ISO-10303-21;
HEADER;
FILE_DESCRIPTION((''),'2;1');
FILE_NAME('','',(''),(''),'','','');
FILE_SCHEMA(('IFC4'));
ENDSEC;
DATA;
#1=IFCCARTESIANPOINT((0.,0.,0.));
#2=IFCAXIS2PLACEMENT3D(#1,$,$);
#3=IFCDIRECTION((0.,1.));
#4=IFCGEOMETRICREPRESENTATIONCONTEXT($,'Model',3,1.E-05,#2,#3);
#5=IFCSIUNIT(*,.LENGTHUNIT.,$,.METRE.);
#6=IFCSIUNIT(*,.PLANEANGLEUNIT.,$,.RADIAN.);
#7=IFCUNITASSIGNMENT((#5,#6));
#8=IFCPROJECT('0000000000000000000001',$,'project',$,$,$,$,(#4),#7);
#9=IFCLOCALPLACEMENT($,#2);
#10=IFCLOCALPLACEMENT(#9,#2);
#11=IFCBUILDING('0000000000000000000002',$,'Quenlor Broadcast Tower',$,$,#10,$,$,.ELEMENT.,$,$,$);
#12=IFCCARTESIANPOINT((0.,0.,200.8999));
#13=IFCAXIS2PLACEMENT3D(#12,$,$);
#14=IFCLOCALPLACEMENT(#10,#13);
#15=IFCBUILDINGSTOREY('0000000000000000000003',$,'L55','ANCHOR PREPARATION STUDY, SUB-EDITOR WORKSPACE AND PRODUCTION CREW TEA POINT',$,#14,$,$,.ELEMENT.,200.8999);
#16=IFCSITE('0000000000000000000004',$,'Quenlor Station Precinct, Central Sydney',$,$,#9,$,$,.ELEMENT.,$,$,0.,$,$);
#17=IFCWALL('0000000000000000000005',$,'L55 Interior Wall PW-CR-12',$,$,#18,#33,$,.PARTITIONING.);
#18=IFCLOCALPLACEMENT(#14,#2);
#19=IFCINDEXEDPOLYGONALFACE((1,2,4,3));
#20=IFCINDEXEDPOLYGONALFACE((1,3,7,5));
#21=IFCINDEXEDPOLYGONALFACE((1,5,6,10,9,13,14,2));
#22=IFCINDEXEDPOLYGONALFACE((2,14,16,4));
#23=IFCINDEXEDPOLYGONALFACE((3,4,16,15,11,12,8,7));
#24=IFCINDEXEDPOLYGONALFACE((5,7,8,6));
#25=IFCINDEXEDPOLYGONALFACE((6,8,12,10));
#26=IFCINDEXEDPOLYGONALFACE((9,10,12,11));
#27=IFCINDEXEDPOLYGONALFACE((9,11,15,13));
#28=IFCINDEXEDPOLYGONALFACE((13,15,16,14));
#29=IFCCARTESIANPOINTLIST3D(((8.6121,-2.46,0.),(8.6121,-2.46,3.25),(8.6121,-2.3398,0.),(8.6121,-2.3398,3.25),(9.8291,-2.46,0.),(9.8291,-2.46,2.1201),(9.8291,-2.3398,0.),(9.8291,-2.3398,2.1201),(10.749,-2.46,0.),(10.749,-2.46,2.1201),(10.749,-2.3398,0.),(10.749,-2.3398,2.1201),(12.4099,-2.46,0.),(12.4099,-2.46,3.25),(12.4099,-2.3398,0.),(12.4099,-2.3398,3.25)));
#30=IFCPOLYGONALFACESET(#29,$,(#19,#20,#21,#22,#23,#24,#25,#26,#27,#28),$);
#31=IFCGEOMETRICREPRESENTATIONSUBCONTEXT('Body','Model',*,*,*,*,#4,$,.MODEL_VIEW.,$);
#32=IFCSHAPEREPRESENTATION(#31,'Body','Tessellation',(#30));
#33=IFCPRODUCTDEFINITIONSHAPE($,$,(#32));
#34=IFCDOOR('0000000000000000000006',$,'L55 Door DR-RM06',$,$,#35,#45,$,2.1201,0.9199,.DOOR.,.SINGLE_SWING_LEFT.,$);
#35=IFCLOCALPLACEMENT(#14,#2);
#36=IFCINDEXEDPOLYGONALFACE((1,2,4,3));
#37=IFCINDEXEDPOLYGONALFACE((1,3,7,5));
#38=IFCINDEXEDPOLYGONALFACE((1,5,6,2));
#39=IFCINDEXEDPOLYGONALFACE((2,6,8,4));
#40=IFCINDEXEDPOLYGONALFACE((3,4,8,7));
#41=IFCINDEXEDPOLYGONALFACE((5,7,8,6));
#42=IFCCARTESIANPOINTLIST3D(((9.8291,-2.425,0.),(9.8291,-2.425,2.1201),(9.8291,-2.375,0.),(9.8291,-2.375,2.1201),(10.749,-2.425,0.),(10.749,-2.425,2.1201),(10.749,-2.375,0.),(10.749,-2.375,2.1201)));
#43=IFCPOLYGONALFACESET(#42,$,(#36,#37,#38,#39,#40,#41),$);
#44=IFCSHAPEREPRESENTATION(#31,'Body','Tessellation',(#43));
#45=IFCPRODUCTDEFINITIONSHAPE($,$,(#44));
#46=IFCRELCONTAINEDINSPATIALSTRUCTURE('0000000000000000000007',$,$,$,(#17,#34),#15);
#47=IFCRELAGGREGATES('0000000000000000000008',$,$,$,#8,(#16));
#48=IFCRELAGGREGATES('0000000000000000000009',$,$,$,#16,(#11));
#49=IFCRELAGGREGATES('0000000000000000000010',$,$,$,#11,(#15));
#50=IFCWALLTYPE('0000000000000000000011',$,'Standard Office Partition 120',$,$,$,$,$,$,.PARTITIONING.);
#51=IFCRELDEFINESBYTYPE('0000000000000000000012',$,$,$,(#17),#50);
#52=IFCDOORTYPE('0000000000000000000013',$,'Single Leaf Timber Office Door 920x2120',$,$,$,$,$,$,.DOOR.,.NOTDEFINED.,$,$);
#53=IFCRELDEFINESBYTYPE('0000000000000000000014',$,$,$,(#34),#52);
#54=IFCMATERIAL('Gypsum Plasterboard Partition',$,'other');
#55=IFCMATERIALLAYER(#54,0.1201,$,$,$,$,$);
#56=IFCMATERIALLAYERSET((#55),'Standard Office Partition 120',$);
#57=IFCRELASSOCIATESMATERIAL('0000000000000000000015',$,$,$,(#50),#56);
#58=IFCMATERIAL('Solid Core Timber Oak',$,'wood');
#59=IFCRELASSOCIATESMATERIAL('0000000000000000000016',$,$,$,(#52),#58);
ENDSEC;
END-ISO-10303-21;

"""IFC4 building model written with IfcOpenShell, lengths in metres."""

from ifc_helpers import new_model, si_unit, direction, frame, frame_2d, origin, place, context, subcontext, project, spatial, rectangle, extrude, material, layer, layer_set, type_object, element, fill, save


model = new_model("IFC4")

# Units and contexts
model_context = context("Model", 3, precision=1e-05, world=origin(), true_north=direction((0.0, 1.0)))
body_context = subcontext(model_context, "Body", "Model", "MODEL_VIEW")
ifc_project = project(units=[si_unit("LENGTHUNIT", "METRE"), si_unit("PLANEANGLEUNIT", "RADIAN")], contexts=[model_context])

# Site, building, storey
site_placement = place(None, origin())
site = spatial("IfcSite", under=ifc_project, at=site_placement, Name="Quenlor Station Precinct, Central Sydney", CompositionType="ELEMENT", RefElevation=0.0)
building_placement = place(site_placement, origin())
building = spatial("IfcBuilding", under=site, at=building_placement, Name="Quenlor Broadcast Tower", CompositionType="ELEMENT")
storey_placement = place(building_placement, frame((0.0, 0.0, 200.8999)))
storey = spatial("IfcBuildingStorey", under=building, at=storey_placement, Name="L55", Description="ANCHOR PREPARATION STUDY, SUB-EDITOR WORKSPACE AND PRODUCTION CREW TEA POINT", CompositionType="ELEMENT", Elevation=200.8999)

# Shared definitions
ifc_material_1 = material(Name="Gypsum Plasterboard Partition", Category="other")
ifc_layer_1 = layer(ifc_material_1, 0.1201)
ifc_layer_set_1 = layer_set([ifc_layer_1], Name="Standard Office Partition 120")
wall_type_1 = type_object("IfcWallType", Name="Standard Office Partition 120", PredefinedType="PARTITIONING", material=ifc_layer_set_1)

# Wall, opening, door
ifc_material_2 = material(Name="Solid Core Timber Oak", Category="wood")
door_type_1 = type_object("IfcDoorType", Name="Single Leaf Timber Office Door 920x2120", OperationType="NOTDEFINED", PredefinedType="DOOR", material=ifc_material_2)
wall_1_placement = place(storey_placement, frame((8.6121, -2.3999, 0.0), z_axis=(0.0, 0.0, 1.0), x_axis=(1.0, 0.0, 0.0)))
wall_1 = element("IfcWall", 1, at=wall_1_placement, inside=storey, type_object=wall_type_1, Name="L55 Interior Wall PW-CR-12", PredefinedType="PARTITIONING", context=body_context, shape_type="SweptSolid", body=[
    extrude(rectangle(XDim=3.7979, YDim=0.1201, at=frame_2d((1.8989, 0.0))), origin(), (0.0, 0.0, 1.0), 3.25),
])
opening_1_placement = place(wall_1_placement, frame((1.217, 0.0, 0.0)))
opening_1 = element("IfcOpeningElement", 2, at=opening_1_placement, cuts=wall_1, PredefinedType="OPENING", context=body_context, shape_type="SweptSolid", body=[
    extrude(rectangle(XDim=0.9199, YDim=2.1201, at=frame_2d((0.46, 1.0601))), frame((0.0, 0.0701, 0.0), z_axis=(0.0, -1.0, 0.0), x_axis=(1.0, 0.0, 0.0)), (0.0, 0.0, 1.0), 0.1401),
])
door_1_placement = place(opening_1_placement, origin())
door_1 = element("IfcDoor", 3, at=door_1_placement, inside=storey, type_object=door_type_1, Name="L55 Door DR-RM06", OperationType="SINGLE_SWING_LEFT", OverallHeight=2.1201, OverallWidth=0.9199, PredefinedType="DOOR", context=body_context, shape_type="SweptSolid", body=[
    extrude(rectangle(XDim=0.9199, YDim=2.1201, at=frame_2d((0.46, 1.0601))), frame((0.0, 0.0249, 0.0), z_axis=(0.0, -1.0, 0.0), x_axis=(1.0, 0.0, 0.0)), (0.0, 0.0, 1.0), 0.05),
])
fill(opening_1, door_1)

save(model, "model.ifc")
